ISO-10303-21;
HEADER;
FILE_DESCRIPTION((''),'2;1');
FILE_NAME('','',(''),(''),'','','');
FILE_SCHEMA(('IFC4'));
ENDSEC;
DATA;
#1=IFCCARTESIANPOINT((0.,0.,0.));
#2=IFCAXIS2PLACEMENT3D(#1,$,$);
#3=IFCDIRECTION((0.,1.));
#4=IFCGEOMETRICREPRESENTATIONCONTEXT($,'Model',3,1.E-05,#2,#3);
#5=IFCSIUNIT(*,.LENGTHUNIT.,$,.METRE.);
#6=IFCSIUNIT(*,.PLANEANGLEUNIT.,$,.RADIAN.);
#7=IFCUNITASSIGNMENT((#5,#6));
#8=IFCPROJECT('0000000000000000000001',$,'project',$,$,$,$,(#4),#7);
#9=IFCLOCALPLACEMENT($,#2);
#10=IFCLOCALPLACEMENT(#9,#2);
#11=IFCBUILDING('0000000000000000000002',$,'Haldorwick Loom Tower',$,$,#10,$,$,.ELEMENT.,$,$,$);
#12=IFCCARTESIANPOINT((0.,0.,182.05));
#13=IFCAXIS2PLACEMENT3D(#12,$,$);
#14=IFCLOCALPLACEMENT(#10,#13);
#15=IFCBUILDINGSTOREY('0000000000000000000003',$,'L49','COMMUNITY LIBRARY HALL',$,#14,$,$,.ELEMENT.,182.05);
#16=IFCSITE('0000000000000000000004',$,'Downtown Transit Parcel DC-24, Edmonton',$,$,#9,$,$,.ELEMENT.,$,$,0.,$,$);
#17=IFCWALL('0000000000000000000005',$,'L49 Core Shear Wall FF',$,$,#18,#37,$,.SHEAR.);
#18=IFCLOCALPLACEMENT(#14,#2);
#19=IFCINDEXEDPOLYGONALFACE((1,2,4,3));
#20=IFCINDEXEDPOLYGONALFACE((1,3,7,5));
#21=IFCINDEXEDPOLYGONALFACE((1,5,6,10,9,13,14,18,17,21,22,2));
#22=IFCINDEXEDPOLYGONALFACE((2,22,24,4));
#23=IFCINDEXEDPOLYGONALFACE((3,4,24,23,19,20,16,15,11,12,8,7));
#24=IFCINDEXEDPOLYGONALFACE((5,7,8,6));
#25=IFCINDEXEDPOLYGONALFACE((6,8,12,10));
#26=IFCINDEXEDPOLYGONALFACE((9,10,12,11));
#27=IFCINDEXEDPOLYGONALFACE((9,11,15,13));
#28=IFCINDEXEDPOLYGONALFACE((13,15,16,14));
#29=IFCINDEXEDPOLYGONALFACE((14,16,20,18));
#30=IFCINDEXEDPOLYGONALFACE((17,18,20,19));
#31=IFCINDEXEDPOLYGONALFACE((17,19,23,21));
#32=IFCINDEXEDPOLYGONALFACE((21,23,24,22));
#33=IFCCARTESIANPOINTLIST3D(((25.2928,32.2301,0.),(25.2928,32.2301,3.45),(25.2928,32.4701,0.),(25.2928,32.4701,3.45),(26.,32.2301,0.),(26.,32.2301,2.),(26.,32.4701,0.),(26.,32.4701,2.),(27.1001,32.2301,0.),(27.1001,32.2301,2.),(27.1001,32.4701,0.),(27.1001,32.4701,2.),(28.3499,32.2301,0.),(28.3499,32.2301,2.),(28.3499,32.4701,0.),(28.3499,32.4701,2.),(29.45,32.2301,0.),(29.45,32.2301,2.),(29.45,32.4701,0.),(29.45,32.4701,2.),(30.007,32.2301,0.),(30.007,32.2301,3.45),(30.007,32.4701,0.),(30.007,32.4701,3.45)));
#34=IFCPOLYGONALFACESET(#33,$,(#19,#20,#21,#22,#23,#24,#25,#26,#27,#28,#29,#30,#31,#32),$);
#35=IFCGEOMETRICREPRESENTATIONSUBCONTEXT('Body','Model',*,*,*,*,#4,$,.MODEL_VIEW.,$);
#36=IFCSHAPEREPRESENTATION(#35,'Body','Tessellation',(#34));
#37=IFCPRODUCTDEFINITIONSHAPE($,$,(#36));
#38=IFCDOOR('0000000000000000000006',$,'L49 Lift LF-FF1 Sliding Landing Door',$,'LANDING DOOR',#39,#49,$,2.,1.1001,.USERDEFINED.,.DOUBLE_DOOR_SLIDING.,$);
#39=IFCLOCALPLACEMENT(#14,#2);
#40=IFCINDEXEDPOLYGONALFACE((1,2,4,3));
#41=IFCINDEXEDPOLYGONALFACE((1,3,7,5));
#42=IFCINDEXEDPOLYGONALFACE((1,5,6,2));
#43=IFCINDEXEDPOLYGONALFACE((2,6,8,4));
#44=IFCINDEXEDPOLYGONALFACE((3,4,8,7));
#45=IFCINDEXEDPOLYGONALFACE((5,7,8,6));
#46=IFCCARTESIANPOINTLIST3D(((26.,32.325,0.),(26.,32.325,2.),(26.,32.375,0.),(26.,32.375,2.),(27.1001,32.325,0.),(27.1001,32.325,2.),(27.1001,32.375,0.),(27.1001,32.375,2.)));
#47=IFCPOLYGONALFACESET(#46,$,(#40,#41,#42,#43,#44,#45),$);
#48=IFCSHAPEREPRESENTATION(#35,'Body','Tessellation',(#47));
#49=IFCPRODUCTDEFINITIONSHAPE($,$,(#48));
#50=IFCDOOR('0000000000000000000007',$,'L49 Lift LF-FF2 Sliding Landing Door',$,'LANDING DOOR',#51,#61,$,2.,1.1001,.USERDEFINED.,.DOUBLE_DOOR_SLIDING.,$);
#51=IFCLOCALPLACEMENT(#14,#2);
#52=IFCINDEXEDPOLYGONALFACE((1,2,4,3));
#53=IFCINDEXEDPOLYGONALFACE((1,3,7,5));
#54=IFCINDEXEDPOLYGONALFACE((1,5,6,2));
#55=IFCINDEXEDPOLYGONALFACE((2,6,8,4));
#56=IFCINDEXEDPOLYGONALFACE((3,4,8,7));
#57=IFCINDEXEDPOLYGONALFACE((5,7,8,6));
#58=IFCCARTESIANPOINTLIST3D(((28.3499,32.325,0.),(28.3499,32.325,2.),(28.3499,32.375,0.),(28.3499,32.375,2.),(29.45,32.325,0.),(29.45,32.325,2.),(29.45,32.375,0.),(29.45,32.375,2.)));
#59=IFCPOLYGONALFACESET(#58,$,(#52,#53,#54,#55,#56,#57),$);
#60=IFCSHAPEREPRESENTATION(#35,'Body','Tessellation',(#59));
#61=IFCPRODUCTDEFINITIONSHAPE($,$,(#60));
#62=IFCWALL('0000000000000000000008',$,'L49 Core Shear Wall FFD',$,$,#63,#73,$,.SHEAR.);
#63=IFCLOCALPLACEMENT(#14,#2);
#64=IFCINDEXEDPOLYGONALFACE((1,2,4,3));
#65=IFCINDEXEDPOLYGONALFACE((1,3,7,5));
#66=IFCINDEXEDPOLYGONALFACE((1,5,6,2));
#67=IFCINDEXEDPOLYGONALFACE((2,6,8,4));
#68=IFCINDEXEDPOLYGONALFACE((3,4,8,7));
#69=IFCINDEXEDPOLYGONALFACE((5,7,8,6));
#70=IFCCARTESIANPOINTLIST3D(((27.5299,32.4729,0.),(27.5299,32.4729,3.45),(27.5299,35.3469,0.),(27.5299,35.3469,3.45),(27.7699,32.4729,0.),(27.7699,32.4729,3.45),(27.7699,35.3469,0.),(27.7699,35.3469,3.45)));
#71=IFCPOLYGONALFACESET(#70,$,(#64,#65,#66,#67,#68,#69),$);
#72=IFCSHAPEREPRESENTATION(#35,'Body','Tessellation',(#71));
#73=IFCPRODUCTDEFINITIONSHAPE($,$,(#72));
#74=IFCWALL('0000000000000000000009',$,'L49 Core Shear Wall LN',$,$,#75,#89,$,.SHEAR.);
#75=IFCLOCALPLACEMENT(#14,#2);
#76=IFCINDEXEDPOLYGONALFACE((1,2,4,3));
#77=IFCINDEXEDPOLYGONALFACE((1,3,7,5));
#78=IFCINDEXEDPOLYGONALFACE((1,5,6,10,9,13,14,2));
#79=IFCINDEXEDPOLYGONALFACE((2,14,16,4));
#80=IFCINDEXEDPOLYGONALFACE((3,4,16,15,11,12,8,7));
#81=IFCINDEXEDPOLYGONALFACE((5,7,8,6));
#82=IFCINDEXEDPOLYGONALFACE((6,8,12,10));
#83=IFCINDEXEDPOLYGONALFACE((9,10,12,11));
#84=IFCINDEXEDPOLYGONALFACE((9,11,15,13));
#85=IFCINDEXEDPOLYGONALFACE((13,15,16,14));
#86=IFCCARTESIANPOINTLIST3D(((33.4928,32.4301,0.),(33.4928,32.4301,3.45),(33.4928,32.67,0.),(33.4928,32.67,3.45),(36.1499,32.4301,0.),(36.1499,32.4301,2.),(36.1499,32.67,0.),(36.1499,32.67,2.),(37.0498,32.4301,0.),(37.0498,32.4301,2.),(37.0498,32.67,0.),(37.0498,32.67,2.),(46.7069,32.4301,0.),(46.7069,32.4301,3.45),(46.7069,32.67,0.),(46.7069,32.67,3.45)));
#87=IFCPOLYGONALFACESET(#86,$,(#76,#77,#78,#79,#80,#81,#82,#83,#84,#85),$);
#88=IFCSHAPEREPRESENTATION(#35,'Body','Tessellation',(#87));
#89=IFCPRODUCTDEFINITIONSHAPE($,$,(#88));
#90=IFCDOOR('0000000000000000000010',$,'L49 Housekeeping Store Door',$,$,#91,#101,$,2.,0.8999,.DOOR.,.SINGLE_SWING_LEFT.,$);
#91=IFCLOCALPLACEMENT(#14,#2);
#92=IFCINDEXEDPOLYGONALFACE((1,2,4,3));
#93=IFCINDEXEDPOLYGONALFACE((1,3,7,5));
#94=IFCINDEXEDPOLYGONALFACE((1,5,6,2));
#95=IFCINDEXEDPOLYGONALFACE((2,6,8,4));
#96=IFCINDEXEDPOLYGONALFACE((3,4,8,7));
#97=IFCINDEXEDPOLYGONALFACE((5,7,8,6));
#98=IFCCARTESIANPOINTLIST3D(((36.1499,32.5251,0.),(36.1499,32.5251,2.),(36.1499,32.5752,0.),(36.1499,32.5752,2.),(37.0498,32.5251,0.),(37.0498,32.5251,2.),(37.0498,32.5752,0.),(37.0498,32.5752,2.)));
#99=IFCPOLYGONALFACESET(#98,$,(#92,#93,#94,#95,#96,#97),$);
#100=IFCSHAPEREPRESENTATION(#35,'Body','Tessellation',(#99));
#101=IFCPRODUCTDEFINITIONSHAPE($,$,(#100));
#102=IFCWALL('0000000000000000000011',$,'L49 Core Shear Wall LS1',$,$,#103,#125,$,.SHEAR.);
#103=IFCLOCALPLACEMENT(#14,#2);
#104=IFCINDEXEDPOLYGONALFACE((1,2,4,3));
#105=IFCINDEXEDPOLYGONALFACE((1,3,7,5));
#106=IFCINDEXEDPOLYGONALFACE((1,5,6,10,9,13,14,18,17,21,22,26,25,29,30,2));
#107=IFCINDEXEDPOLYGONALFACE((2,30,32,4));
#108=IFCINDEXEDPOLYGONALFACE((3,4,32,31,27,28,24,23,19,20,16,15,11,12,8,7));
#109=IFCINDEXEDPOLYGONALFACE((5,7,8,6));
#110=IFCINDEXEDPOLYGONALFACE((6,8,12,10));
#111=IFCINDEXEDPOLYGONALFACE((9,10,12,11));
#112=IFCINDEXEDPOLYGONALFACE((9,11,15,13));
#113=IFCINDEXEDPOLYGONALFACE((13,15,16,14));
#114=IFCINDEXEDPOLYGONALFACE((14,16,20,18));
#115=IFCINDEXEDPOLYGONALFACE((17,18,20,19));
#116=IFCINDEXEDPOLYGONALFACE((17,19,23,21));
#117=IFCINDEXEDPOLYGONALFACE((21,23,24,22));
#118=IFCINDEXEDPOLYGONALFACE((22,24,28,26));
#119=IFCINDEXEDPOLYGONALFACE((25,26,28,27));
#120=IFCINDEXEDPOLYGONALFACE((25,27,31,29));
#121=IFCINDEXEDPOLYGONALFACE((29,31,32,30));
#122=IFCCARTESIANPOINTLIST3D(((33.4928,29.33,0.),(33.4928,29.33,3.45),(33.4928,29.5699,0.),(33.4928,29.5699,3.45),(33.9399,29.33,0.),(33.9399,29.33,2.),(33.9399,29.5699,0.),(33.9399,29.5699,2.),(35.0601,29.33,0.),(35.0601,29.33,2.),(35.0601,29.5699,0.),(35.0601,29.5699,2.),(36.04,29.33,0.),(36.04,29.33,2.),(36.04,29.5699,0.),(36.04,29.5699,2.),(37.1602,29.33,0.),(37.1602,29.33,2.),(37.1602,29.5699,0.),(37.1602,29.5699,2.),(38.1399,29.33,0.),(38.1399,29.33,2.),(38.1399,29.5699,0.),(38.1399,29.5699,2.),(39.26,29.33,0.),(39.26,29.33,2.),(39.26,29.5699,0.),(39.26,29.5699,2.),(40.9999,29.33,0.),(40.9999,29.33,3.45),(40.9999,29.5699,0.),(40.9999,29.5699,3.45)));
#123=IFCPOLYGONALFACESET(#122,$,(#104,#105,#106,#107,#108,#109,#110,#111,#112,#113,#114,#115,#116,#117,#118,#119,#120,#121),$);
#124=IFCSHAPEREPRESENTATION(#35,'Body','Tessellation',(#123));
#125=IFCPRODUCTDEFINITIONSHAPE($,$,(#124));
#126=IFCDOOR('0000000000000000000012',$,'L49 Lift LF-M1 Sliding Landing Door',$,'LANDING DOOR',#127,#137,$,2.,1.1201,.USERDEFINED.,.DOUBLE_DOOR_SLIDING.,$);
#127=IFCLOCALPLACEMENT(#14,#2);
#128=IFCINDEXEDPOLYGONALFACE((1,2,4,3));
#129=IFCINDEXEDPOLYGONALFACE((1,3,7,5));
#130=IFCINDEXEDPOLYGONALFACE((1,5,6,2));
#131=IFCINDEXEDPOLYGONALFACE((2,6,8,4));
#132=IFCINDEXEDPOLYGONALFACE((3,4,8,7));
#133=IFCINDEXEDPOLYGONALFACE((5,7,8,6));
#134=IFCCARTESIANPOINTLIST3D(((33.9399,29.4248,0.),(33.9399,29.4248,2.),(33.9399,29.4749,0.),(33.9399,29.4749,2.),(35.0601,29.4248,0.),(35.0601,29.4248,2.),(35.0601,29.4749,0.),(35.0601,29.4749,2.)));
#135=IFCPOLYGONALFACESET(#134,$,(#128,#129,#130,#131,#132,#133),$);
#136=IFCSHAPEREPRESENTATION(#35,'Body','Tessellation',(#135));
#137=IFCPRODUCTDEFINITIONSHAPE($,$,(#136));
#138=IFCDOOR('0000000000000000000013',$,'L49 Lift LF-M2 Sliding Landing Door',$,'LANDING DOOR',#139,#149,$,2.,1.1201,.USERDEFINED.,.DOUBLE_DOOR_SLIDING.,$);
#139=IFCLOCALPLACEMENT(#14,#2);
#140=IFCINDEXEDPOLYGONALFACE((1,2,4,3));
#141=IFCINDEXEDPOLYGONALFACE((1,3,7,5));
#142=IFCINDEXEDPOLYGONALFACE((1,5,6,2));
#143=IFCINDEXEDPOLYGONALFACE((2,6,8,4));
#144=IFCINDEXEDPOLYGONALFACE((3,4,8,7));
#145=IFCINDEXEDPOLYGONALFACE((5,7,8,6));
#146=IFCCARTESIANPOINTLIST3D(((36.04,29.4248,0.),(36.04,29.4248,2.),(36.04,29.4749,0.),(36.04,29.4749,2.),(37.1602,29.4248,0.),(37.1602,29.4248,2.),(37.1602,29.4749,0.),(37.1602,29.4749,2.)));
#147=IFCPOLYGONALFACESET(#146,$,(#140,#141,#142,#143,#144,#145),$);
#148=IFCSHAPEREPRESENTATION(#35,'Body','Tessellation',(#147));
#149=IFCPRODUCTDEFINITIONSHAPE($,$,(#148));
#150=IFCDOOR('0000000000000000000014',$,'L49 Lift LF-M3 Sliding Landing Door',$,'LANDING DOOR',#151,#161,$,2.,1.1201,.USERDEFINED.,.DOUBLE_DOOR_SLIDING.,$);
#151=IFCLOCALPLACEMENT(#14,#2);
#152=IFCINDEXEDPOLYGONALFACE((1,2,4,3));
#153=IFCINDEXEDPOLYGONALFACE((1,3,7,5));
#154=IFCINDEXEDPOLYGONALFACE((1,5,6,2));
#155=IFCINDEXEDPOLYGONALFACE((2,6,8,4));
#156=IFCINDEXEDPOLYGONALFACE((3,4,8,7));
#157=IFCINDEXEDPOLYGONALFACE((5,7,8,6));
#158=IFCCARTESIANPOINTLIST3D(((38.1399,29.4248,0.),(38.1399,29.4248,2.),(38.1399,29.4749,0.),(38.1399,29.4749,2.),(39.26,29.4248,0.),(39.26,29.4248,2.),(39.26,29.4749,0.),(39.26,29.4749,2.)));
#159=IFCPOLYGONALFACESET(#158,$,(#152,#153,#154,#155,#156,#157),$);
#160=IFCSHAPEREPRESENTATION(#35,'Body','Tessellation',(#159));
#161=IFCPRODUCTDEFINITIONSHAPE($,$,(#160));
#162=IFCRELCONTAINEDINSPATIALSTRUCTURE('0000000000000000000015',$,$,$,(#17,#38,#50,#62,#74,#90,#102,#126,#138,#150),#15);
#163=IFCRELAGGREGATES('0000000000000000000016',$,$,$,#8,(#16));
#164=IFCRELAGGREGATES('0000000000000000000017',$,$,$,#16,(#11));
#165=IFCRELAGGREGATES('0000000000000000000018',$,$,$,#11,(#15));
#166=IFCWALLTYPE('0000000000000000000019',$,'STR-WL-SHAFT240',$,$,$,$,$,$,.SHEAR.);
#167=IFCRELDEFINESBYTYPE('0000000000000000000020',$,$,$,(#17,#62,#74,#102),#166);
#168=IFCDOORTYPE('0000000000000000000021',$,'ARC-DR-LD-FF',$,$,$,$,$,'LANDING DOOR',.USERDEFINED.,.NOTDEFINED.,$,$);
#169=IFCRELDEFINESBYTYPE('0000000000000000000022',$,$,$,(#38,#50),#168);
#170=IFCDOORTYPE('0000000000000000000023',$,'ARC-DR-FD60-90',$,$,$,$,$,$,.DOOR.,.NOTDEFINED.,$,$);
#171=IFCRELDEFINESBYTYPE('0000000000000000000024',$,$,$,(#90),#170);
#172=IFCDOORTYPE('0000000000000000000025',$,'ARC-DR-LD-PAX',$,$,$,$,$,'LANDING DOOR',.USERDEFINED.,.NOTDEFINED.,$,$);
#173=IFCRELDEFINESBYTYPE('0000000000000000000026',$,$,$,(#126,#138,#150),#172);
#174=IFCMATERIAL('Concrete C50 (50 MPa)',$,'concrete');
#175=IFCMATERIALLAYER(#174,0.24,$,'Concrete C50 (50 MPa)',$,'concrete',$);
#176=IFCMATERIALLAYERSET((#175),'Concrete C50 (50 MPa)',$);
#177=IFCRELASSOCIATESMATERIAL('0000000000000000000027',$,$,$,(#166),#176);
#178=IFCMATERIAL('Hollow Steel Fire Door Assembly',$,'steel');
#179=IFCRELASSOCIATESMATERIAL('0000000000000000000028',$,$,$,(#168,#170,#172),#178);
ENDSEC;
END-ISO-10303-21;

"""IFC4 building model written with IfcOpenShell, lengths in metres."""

from ifc_helpers import new_model, si_unit, direction, frame, frame_2d, origin, place, context, subcontext, project, spatial, rectangle, extrude, material, layer, layer_set, type_object, element, fill, save


model = new_model("IFC4")

# Units and contexts
model_context = context("Model", 3, precision=1e-05, world=origin(), true_north=direction((0.0, 1.0)))
body_context = subcontext(model_context, "Body", "Model", "MODEL_VIEW")
ifc_project = project(units=[si_unit("LENGTHUNIT", "METRE"), si_unit("PLANEANGLEUNIT", "RADIAN")], contexts=[model_context])

# Site, building, storey
site_placement = place(None, origin())
site = spatial("IfcSite", under=ifc_project, at=site_placement, Name="Downtown Transit Parcel DC-24, Edmonton", CompositionType="ELEMENT", RefElevation=0.0)
building_placement = place(site_placement, origin())
building = spatial("IfcBuilding", under=site, at=building_placement, Name="Haldorwick Loom Tower", CompositionType="ELEMENT")
storey_placement = place(building_placement, frame((0.0, 0.0, 182.05)))
storey = spatial("IfcBuildingStorey", under=building, at=storey_placement, Name="L49", Description="COMMUNITY LIBRARY HALL", CompositionType="ELEMENT", Elevation=182.05)

# Shared definitions
ifc_material_1 = material(Name="Concrete C50 (50 MPa)", Category="concrete")
ifc_layer = layer(ifc_material_1, 0.24, Name="Concrete C50 (50 MPa)", Category="concrete")
ifc_layer_set = layer_set([ifc_layer], Name="Concrete C50 (50 MPa)")
wall_type = type_object("IfcWallType", Name="STR-WL-SHAFT240", PredefinedType="SHEAR", material=ifc_layer_set)

# Wall, openings, doors
wall_1_placement = place(storey_placement, frame((25.293, 32.3501, 0.0), z_axis=(0.0, 0.0, 1.0), x_axis=(1.0, 0.0, 0.0)))
wall_1 = element("IfcWall", 1, at=wall_1_placement, inside=storey, type_object=wall_type, Name="L49 Core Shear Wall FF", PredefinedType="SHEAR", context=body_context, shape_type="SweptSolid", body=[
    extrude(rectangle(XDim=4.7141, YDim=0.24, at=frame_2d((2.3569, 0.0))), origin(), (0.0, 0.0, 1.0), 3.45),
])
opening_1_placement = place(wall_1_placement, frame((0.707, 0.0, 0.0)))
opening_1 = element("IfcOpeningElement", 2, at=opening_1_placement, cuts=wall_1, PredefinedType="OPENING", context=body_context, shape_type="SweptSolid", body=[
    extrude(rectangle(XDim=1.1001, YDim=2.0, at=frame_2d((0.55, 1.0))), frame((0.0, 0.1299, 0.0), z_axis=(0.0, -1.0, 0.0), x_axis=(1.0, 0.0, 0.0)), (0.0, 0.0, 1.0), 0.26),
])
opening_2_placement = place(wall_1_placement, frame((3.0569, 0.0, 0.0)))
opening_2 = element("IfcOpeningElement", 3, at=opening_2_placement, cuts=wall_1, PredefinedType="OPENING", context=body_context, shape_type="SweptSolid", body=[
    extrude(rectangle(XDim=1.1001, YDim=2.0, at=frame_2d((0.55, 1.0))), frame((0.0, 0.1299, 0.0), z_axis=(0.0, -1.0, 0.0), x_axis=(1.0, 0.0, 0.0)), (0.0, 0.0, 1.0), 0.26),
])
ifc_material_2 = material(Name="Hollow Steel Fire Door Assembly", Category="steel")
door_type_1 = type_object("IfcDoorType", Name="ARC-DR-LD-FF", ElementType="LANDING DOOR", OperationType="NOTDEFINED", PredefinedType="USERDEFINED", material=ifc_material_2)
door_1_placement = place(opening_1_placement, origin())
door_1 = element("IfcDoor", 4, at=door_1_placement, inside=storey, type_object=door_type_1, Name="L49 Lift LF-FF1 Sliding Landing Door", ObjectType="LANDING DOOR", OperationType="DOUBLE_DOOR_SLIDING", OverallHeight=2.0, OverallWidth=1.1001, PredefinedType="USERDEFINED", context=body_context, shape_type="SweptSolid", body=[
    extrude(rectangle(XDim=1.1001, YDim=2.0, at=frame_2d((0.55, 1.0))), frame((0.0, 0.0249, 0.0), z_axis=(0.0, -1.0, 0.0), x_axis=(1.0, 0.0, 0.0)), (0.0, 0.0, 1.0), 0.05),
])
fill(opening_1, door_1)
door_2_placement = place(opening_2_placement, origin())
door_2 = element("IfcDoor", 5, at=door_2_placement, inside=storey, type_object=door_type_1, Name="L49 Lift LF-FF2 Sliding Landing Door", ObjectType="LANDING DOOR", OperationType="DOUBLE_DOOR_SLIDING", OverallHeight=2.0, OverallWidth=1.1001, PredefinedType="USERDEFINED", context=body_context, shape_type="SweptSolid", body=[
    extrude(rectangle(XDim=1.1001, YDim=2.0, at=frame_2d((0.55, 1.0))), frame((0.0, 0.0249, 0.0), z_axis=(0.0, -1.0, 0.0), x_axis=(1.0, 0.0, 0.0)), (0.0, 0.0, 1.0), 0.05),
])
fill(opening_2, door_2)

# Wall
wall_2_placement = place(storey_placement, frame((27.6499, 32.4729, 0.0), z_axis=(0.0, 0.0, 1.0), x_axis=(0.0, 1.0, 0.0)))
element("IfcWall", 6, at=wall_2_placement, inside=storey, type_object=wall_type, Name="L49 Core Shear Wall FFD", PredefinedType="SHEAR", context=body_context, shape_type="SweptSolid", body=[
    extrude(rectangle(XDim=2.874, YDim=0.24, at=frame_2d((1.437, 0.0))), origin(), (0.0, 0.0, 1.0), 3.45),
])

# Wall, opening, door
wall_3_placement = place(storey_placement, frame((33.4929, 32.55, 0.0), z_axis=(0.0, 0.0, 1.0), x_axis=(1.0, 0.0, 0.0)))
wall_3 = element("IfcWall", 7, at=wall_3_placement, inside=storey, type_object=wall_type, Name="L49 Core Shear Wall LN", PredefinedType="SHEAR", context=body_context, shape_type="SweptSolid", body=[
    extrude(rectangle(XDim=13.2141, YDim=0.24, at=frame_2d((6.6069, 0.0))), origin(), (0.0, 0.0, 1.0), 3.45),
])
opening_3_placement = place(wall_3_placement, frame((2.657, 0.0, 0.0)))
opening_3 = element("IfcOpeningElement", 8, at=opening_3_placement, cuts=wall_3, PredefinedType="OPENING", context=body_context, shape_type="SweptSolid", body=[
    extrude(rectangle(XDim=0.8999, YDim=2.0, at=frame_2d((0.45, 1.0))), frame((0.0, 0.1299, 0.0), z_axis=(0.0, -1.0, 0.0), x_axis=(1.0, 0.0, 0.0)), (0.0, 0.0, 1.0), 0.26),
])
door_type_2 = type_object("IfcDoorType", Name="ARC-DR-FD60-90", OperationType="NOTDEFINED", PredefinedType="DOOR", material=ifc_material_2)
door_3_placement = place(opening_3_placement, frame((0.8999, 0.0, 0.0), z_axis=(0.0, 0.0, 1.0), x_axis=(-1.0, 0.0, 0.0)))
door_3 = element("IfcDoor", 9, at=door_3_placement, inside=storey, type_object=door_type_2, Name="L49 Housekeeping Store Door", OperationType="SINGLE_SWING_LEFT", OverallHeight=2.0, OverallWidth=0.8999, PredefinedType="DOOR", context=body_context, shape_type="SweptSolid", body=[
    extrude(rectangle(XDim=0.8999, YDim=2.0, at=frame_2d((0.45, 1.0))), frame((0.0, 0.0249, 0.0), z_axis=(0.0, -1.0, 0.0), x_axis=(1.0, 0.0, 0.0)), (0.0, 0.0, 1.0), 0.05),
])
fill(opening_3, door_3)

# Wall, openings, doors
wall_4_placement = place(storey_placement, frame((33.4929, 29.45, 0.0), z_axis=(0.0, 0.0, 1.0), x_axis=(1.0, 0.0, 0.0)))
wall_4 = element("IfcWall", 10, at=wall_4_placement, inside=storey, type_object=wall_type, Name="L49 Core Shear Wall LS1", PredefinedType="SHEAR", context=body_context, shape_type="SweptSolid", body=[
    extrude(rectangle(XDim=7.5071, YDim=0.24, at=frame_2d((3.7534, 0.0))), origin(), (0.0, 0.0, 1.0), 3.45),
])
opening_4_placement = place(wall_4_placement, frame((0.447, 0.0, 0.0)))
opening_4 = element("IfcOpeningElement", 11, at=opening_4_placement, cuts=wall_4, PredefinedType="OPENING", context=body_context, shape_type="SweptSolid", body=[
    extrude(rectangle(XDim=1.1201, YDim=2.0, at=frame_2d((0.5601, 1.0))), frame((0.0, 0.1299, 0.0), z_axis=(0.0, -1.0, 0.0), x_axis=(1.0, 0.0, 0.0)), (0.0, 0.0, 1.0), 0.26),
])
opening_5_placement = place(wall_4_placement, frame((2.5471, 0.0, 0.0)))
opening_5 = element("IfcOpeningElement", 12, at=opening_5_placement, cuts=wall_4, PredefinedType="OPENING", context=body_context, shape_type="SweptSolid", body=[
    extrude(rectangle(XDim=1.1201, YDim=2.0, at=frame_2d((0.5601, 1.0))), frame((0.0, 0.1299, 0.0), z_axis=(0.0, -1.0, 0.0), x_axis=(1.0, 0.0, 0.0)), (0.0, 0.0, 1.0), 0.26),
])
opening_6_placement = place(wall_4_placement, frame((4.647, 0.0, 0.0)))
opening_6 = element("IfcOpeningElement", 13, at=opening_6_placement, cuts=wall_4, PredefinedType="OPENING", context=body_context, shape_type="SweptSolid", body=[
    extrude(rectangle(XDim=1.1201, YDim=2.0, at=frame_2d((0.5601, 1.0))), frame((0.0, 0.1299, 0.0), z_axis=(0.0, -1.0, 0.0), x_axis=(1.0, 0.0, 0.0)), (0.0, 0.0, 1.0), 0.26),
])
door_type_3 = type_object("IfcDoorType", Name="ARC-DR-LD-PAX", ElementType="LANDING DOOR", OperationType="NOTDEFINED", PredefinedType="USERDEFINED", material=ifc_material_2)
door_4_placement = place(opening_4_placement, origin())
door_4 = element("IfcDoor", 14, at=door_4_placement, inside=storey, type_object=door_type_3, Name="L49 Lift LF-M1 Sliding Landing Door", ObjectType="LANDING DOOR", OperationType="DOUBLE_DOOR_SLIDING", OverallHeight=2.0, OverallWidth=1.1201, PredefinedType="USERDEFINED", context=body_context, shape_type="SweptSolid", body=[
    extrude(rectangle(XDim=1.1201, YDim=2.0, at=frame_2d((0.5601, 1.0))), frame((0.0, 0.0249, 0.0), z_axis=(0.0, -1.0, 0.0), x_axis=(1.0, 0.0, 0.0)), (0.0, 0.0, 1.0), 0.05),
])
fill(opening_4, door_4)
door_5_placement = place(opening_5_placement, origin())
door_5 = element("IfcDoor", 15, at=door_5_placement, inside=storey, type_object=door_type_3, Name="L49 Lift LF-M2 Sliding Landing Door", ObjectType="LANDING DOOR", OperationType="DOUBLE_DOOR_SLIDING", OverallHeight=2.0, OverallWidth=1.1201, PredefinedType="USERDEFINED", context=body_context, shape_type="SweptSolid", body=[
    extrude(rectangle(XDim=1.1201, YDim=2.0, at=frame_2d((0.5601, 1.0))), frame((0.0, 0.0249, 0.0), z_axis=(0.0, -1.0, 0.0), x_axis=(1.0, 0.0, 0.0)), (0.0, 0.0, 1.0), 0.05),
])
fill(opening_5, door_5)
door_6_placement = place(opening_6_placement, origin())
door_6 = element("IfcDoor", 16, at=door_6_placement, inside=storey, type_object=door_type_3, Name="L49 Lift LF-M3 Sliding Landing Door", ObjectType="LANDING DOOR", OperationType="DOUBLE_DOOR_SLIDING", OverallHeight=2.0, OverallWidth=1.1201, PredefinedType="USERDEFINED", context=body_context, shape_type="SweptSolid", body=[
    extrude(rectangle(XDim=1.1201, YDim=2.0, at=frame_2d((0.5601, 1.0))), frame((0.0, 0.0249, 0.0), z_axis=(0.0, -1.0, 0.0), x_axis=(1.0, 0.0, 0.0)), (0.0, 0.0, 1.0), 0.05),
])
fill(opening_6, door_6)

save(model, "model.ifc")
